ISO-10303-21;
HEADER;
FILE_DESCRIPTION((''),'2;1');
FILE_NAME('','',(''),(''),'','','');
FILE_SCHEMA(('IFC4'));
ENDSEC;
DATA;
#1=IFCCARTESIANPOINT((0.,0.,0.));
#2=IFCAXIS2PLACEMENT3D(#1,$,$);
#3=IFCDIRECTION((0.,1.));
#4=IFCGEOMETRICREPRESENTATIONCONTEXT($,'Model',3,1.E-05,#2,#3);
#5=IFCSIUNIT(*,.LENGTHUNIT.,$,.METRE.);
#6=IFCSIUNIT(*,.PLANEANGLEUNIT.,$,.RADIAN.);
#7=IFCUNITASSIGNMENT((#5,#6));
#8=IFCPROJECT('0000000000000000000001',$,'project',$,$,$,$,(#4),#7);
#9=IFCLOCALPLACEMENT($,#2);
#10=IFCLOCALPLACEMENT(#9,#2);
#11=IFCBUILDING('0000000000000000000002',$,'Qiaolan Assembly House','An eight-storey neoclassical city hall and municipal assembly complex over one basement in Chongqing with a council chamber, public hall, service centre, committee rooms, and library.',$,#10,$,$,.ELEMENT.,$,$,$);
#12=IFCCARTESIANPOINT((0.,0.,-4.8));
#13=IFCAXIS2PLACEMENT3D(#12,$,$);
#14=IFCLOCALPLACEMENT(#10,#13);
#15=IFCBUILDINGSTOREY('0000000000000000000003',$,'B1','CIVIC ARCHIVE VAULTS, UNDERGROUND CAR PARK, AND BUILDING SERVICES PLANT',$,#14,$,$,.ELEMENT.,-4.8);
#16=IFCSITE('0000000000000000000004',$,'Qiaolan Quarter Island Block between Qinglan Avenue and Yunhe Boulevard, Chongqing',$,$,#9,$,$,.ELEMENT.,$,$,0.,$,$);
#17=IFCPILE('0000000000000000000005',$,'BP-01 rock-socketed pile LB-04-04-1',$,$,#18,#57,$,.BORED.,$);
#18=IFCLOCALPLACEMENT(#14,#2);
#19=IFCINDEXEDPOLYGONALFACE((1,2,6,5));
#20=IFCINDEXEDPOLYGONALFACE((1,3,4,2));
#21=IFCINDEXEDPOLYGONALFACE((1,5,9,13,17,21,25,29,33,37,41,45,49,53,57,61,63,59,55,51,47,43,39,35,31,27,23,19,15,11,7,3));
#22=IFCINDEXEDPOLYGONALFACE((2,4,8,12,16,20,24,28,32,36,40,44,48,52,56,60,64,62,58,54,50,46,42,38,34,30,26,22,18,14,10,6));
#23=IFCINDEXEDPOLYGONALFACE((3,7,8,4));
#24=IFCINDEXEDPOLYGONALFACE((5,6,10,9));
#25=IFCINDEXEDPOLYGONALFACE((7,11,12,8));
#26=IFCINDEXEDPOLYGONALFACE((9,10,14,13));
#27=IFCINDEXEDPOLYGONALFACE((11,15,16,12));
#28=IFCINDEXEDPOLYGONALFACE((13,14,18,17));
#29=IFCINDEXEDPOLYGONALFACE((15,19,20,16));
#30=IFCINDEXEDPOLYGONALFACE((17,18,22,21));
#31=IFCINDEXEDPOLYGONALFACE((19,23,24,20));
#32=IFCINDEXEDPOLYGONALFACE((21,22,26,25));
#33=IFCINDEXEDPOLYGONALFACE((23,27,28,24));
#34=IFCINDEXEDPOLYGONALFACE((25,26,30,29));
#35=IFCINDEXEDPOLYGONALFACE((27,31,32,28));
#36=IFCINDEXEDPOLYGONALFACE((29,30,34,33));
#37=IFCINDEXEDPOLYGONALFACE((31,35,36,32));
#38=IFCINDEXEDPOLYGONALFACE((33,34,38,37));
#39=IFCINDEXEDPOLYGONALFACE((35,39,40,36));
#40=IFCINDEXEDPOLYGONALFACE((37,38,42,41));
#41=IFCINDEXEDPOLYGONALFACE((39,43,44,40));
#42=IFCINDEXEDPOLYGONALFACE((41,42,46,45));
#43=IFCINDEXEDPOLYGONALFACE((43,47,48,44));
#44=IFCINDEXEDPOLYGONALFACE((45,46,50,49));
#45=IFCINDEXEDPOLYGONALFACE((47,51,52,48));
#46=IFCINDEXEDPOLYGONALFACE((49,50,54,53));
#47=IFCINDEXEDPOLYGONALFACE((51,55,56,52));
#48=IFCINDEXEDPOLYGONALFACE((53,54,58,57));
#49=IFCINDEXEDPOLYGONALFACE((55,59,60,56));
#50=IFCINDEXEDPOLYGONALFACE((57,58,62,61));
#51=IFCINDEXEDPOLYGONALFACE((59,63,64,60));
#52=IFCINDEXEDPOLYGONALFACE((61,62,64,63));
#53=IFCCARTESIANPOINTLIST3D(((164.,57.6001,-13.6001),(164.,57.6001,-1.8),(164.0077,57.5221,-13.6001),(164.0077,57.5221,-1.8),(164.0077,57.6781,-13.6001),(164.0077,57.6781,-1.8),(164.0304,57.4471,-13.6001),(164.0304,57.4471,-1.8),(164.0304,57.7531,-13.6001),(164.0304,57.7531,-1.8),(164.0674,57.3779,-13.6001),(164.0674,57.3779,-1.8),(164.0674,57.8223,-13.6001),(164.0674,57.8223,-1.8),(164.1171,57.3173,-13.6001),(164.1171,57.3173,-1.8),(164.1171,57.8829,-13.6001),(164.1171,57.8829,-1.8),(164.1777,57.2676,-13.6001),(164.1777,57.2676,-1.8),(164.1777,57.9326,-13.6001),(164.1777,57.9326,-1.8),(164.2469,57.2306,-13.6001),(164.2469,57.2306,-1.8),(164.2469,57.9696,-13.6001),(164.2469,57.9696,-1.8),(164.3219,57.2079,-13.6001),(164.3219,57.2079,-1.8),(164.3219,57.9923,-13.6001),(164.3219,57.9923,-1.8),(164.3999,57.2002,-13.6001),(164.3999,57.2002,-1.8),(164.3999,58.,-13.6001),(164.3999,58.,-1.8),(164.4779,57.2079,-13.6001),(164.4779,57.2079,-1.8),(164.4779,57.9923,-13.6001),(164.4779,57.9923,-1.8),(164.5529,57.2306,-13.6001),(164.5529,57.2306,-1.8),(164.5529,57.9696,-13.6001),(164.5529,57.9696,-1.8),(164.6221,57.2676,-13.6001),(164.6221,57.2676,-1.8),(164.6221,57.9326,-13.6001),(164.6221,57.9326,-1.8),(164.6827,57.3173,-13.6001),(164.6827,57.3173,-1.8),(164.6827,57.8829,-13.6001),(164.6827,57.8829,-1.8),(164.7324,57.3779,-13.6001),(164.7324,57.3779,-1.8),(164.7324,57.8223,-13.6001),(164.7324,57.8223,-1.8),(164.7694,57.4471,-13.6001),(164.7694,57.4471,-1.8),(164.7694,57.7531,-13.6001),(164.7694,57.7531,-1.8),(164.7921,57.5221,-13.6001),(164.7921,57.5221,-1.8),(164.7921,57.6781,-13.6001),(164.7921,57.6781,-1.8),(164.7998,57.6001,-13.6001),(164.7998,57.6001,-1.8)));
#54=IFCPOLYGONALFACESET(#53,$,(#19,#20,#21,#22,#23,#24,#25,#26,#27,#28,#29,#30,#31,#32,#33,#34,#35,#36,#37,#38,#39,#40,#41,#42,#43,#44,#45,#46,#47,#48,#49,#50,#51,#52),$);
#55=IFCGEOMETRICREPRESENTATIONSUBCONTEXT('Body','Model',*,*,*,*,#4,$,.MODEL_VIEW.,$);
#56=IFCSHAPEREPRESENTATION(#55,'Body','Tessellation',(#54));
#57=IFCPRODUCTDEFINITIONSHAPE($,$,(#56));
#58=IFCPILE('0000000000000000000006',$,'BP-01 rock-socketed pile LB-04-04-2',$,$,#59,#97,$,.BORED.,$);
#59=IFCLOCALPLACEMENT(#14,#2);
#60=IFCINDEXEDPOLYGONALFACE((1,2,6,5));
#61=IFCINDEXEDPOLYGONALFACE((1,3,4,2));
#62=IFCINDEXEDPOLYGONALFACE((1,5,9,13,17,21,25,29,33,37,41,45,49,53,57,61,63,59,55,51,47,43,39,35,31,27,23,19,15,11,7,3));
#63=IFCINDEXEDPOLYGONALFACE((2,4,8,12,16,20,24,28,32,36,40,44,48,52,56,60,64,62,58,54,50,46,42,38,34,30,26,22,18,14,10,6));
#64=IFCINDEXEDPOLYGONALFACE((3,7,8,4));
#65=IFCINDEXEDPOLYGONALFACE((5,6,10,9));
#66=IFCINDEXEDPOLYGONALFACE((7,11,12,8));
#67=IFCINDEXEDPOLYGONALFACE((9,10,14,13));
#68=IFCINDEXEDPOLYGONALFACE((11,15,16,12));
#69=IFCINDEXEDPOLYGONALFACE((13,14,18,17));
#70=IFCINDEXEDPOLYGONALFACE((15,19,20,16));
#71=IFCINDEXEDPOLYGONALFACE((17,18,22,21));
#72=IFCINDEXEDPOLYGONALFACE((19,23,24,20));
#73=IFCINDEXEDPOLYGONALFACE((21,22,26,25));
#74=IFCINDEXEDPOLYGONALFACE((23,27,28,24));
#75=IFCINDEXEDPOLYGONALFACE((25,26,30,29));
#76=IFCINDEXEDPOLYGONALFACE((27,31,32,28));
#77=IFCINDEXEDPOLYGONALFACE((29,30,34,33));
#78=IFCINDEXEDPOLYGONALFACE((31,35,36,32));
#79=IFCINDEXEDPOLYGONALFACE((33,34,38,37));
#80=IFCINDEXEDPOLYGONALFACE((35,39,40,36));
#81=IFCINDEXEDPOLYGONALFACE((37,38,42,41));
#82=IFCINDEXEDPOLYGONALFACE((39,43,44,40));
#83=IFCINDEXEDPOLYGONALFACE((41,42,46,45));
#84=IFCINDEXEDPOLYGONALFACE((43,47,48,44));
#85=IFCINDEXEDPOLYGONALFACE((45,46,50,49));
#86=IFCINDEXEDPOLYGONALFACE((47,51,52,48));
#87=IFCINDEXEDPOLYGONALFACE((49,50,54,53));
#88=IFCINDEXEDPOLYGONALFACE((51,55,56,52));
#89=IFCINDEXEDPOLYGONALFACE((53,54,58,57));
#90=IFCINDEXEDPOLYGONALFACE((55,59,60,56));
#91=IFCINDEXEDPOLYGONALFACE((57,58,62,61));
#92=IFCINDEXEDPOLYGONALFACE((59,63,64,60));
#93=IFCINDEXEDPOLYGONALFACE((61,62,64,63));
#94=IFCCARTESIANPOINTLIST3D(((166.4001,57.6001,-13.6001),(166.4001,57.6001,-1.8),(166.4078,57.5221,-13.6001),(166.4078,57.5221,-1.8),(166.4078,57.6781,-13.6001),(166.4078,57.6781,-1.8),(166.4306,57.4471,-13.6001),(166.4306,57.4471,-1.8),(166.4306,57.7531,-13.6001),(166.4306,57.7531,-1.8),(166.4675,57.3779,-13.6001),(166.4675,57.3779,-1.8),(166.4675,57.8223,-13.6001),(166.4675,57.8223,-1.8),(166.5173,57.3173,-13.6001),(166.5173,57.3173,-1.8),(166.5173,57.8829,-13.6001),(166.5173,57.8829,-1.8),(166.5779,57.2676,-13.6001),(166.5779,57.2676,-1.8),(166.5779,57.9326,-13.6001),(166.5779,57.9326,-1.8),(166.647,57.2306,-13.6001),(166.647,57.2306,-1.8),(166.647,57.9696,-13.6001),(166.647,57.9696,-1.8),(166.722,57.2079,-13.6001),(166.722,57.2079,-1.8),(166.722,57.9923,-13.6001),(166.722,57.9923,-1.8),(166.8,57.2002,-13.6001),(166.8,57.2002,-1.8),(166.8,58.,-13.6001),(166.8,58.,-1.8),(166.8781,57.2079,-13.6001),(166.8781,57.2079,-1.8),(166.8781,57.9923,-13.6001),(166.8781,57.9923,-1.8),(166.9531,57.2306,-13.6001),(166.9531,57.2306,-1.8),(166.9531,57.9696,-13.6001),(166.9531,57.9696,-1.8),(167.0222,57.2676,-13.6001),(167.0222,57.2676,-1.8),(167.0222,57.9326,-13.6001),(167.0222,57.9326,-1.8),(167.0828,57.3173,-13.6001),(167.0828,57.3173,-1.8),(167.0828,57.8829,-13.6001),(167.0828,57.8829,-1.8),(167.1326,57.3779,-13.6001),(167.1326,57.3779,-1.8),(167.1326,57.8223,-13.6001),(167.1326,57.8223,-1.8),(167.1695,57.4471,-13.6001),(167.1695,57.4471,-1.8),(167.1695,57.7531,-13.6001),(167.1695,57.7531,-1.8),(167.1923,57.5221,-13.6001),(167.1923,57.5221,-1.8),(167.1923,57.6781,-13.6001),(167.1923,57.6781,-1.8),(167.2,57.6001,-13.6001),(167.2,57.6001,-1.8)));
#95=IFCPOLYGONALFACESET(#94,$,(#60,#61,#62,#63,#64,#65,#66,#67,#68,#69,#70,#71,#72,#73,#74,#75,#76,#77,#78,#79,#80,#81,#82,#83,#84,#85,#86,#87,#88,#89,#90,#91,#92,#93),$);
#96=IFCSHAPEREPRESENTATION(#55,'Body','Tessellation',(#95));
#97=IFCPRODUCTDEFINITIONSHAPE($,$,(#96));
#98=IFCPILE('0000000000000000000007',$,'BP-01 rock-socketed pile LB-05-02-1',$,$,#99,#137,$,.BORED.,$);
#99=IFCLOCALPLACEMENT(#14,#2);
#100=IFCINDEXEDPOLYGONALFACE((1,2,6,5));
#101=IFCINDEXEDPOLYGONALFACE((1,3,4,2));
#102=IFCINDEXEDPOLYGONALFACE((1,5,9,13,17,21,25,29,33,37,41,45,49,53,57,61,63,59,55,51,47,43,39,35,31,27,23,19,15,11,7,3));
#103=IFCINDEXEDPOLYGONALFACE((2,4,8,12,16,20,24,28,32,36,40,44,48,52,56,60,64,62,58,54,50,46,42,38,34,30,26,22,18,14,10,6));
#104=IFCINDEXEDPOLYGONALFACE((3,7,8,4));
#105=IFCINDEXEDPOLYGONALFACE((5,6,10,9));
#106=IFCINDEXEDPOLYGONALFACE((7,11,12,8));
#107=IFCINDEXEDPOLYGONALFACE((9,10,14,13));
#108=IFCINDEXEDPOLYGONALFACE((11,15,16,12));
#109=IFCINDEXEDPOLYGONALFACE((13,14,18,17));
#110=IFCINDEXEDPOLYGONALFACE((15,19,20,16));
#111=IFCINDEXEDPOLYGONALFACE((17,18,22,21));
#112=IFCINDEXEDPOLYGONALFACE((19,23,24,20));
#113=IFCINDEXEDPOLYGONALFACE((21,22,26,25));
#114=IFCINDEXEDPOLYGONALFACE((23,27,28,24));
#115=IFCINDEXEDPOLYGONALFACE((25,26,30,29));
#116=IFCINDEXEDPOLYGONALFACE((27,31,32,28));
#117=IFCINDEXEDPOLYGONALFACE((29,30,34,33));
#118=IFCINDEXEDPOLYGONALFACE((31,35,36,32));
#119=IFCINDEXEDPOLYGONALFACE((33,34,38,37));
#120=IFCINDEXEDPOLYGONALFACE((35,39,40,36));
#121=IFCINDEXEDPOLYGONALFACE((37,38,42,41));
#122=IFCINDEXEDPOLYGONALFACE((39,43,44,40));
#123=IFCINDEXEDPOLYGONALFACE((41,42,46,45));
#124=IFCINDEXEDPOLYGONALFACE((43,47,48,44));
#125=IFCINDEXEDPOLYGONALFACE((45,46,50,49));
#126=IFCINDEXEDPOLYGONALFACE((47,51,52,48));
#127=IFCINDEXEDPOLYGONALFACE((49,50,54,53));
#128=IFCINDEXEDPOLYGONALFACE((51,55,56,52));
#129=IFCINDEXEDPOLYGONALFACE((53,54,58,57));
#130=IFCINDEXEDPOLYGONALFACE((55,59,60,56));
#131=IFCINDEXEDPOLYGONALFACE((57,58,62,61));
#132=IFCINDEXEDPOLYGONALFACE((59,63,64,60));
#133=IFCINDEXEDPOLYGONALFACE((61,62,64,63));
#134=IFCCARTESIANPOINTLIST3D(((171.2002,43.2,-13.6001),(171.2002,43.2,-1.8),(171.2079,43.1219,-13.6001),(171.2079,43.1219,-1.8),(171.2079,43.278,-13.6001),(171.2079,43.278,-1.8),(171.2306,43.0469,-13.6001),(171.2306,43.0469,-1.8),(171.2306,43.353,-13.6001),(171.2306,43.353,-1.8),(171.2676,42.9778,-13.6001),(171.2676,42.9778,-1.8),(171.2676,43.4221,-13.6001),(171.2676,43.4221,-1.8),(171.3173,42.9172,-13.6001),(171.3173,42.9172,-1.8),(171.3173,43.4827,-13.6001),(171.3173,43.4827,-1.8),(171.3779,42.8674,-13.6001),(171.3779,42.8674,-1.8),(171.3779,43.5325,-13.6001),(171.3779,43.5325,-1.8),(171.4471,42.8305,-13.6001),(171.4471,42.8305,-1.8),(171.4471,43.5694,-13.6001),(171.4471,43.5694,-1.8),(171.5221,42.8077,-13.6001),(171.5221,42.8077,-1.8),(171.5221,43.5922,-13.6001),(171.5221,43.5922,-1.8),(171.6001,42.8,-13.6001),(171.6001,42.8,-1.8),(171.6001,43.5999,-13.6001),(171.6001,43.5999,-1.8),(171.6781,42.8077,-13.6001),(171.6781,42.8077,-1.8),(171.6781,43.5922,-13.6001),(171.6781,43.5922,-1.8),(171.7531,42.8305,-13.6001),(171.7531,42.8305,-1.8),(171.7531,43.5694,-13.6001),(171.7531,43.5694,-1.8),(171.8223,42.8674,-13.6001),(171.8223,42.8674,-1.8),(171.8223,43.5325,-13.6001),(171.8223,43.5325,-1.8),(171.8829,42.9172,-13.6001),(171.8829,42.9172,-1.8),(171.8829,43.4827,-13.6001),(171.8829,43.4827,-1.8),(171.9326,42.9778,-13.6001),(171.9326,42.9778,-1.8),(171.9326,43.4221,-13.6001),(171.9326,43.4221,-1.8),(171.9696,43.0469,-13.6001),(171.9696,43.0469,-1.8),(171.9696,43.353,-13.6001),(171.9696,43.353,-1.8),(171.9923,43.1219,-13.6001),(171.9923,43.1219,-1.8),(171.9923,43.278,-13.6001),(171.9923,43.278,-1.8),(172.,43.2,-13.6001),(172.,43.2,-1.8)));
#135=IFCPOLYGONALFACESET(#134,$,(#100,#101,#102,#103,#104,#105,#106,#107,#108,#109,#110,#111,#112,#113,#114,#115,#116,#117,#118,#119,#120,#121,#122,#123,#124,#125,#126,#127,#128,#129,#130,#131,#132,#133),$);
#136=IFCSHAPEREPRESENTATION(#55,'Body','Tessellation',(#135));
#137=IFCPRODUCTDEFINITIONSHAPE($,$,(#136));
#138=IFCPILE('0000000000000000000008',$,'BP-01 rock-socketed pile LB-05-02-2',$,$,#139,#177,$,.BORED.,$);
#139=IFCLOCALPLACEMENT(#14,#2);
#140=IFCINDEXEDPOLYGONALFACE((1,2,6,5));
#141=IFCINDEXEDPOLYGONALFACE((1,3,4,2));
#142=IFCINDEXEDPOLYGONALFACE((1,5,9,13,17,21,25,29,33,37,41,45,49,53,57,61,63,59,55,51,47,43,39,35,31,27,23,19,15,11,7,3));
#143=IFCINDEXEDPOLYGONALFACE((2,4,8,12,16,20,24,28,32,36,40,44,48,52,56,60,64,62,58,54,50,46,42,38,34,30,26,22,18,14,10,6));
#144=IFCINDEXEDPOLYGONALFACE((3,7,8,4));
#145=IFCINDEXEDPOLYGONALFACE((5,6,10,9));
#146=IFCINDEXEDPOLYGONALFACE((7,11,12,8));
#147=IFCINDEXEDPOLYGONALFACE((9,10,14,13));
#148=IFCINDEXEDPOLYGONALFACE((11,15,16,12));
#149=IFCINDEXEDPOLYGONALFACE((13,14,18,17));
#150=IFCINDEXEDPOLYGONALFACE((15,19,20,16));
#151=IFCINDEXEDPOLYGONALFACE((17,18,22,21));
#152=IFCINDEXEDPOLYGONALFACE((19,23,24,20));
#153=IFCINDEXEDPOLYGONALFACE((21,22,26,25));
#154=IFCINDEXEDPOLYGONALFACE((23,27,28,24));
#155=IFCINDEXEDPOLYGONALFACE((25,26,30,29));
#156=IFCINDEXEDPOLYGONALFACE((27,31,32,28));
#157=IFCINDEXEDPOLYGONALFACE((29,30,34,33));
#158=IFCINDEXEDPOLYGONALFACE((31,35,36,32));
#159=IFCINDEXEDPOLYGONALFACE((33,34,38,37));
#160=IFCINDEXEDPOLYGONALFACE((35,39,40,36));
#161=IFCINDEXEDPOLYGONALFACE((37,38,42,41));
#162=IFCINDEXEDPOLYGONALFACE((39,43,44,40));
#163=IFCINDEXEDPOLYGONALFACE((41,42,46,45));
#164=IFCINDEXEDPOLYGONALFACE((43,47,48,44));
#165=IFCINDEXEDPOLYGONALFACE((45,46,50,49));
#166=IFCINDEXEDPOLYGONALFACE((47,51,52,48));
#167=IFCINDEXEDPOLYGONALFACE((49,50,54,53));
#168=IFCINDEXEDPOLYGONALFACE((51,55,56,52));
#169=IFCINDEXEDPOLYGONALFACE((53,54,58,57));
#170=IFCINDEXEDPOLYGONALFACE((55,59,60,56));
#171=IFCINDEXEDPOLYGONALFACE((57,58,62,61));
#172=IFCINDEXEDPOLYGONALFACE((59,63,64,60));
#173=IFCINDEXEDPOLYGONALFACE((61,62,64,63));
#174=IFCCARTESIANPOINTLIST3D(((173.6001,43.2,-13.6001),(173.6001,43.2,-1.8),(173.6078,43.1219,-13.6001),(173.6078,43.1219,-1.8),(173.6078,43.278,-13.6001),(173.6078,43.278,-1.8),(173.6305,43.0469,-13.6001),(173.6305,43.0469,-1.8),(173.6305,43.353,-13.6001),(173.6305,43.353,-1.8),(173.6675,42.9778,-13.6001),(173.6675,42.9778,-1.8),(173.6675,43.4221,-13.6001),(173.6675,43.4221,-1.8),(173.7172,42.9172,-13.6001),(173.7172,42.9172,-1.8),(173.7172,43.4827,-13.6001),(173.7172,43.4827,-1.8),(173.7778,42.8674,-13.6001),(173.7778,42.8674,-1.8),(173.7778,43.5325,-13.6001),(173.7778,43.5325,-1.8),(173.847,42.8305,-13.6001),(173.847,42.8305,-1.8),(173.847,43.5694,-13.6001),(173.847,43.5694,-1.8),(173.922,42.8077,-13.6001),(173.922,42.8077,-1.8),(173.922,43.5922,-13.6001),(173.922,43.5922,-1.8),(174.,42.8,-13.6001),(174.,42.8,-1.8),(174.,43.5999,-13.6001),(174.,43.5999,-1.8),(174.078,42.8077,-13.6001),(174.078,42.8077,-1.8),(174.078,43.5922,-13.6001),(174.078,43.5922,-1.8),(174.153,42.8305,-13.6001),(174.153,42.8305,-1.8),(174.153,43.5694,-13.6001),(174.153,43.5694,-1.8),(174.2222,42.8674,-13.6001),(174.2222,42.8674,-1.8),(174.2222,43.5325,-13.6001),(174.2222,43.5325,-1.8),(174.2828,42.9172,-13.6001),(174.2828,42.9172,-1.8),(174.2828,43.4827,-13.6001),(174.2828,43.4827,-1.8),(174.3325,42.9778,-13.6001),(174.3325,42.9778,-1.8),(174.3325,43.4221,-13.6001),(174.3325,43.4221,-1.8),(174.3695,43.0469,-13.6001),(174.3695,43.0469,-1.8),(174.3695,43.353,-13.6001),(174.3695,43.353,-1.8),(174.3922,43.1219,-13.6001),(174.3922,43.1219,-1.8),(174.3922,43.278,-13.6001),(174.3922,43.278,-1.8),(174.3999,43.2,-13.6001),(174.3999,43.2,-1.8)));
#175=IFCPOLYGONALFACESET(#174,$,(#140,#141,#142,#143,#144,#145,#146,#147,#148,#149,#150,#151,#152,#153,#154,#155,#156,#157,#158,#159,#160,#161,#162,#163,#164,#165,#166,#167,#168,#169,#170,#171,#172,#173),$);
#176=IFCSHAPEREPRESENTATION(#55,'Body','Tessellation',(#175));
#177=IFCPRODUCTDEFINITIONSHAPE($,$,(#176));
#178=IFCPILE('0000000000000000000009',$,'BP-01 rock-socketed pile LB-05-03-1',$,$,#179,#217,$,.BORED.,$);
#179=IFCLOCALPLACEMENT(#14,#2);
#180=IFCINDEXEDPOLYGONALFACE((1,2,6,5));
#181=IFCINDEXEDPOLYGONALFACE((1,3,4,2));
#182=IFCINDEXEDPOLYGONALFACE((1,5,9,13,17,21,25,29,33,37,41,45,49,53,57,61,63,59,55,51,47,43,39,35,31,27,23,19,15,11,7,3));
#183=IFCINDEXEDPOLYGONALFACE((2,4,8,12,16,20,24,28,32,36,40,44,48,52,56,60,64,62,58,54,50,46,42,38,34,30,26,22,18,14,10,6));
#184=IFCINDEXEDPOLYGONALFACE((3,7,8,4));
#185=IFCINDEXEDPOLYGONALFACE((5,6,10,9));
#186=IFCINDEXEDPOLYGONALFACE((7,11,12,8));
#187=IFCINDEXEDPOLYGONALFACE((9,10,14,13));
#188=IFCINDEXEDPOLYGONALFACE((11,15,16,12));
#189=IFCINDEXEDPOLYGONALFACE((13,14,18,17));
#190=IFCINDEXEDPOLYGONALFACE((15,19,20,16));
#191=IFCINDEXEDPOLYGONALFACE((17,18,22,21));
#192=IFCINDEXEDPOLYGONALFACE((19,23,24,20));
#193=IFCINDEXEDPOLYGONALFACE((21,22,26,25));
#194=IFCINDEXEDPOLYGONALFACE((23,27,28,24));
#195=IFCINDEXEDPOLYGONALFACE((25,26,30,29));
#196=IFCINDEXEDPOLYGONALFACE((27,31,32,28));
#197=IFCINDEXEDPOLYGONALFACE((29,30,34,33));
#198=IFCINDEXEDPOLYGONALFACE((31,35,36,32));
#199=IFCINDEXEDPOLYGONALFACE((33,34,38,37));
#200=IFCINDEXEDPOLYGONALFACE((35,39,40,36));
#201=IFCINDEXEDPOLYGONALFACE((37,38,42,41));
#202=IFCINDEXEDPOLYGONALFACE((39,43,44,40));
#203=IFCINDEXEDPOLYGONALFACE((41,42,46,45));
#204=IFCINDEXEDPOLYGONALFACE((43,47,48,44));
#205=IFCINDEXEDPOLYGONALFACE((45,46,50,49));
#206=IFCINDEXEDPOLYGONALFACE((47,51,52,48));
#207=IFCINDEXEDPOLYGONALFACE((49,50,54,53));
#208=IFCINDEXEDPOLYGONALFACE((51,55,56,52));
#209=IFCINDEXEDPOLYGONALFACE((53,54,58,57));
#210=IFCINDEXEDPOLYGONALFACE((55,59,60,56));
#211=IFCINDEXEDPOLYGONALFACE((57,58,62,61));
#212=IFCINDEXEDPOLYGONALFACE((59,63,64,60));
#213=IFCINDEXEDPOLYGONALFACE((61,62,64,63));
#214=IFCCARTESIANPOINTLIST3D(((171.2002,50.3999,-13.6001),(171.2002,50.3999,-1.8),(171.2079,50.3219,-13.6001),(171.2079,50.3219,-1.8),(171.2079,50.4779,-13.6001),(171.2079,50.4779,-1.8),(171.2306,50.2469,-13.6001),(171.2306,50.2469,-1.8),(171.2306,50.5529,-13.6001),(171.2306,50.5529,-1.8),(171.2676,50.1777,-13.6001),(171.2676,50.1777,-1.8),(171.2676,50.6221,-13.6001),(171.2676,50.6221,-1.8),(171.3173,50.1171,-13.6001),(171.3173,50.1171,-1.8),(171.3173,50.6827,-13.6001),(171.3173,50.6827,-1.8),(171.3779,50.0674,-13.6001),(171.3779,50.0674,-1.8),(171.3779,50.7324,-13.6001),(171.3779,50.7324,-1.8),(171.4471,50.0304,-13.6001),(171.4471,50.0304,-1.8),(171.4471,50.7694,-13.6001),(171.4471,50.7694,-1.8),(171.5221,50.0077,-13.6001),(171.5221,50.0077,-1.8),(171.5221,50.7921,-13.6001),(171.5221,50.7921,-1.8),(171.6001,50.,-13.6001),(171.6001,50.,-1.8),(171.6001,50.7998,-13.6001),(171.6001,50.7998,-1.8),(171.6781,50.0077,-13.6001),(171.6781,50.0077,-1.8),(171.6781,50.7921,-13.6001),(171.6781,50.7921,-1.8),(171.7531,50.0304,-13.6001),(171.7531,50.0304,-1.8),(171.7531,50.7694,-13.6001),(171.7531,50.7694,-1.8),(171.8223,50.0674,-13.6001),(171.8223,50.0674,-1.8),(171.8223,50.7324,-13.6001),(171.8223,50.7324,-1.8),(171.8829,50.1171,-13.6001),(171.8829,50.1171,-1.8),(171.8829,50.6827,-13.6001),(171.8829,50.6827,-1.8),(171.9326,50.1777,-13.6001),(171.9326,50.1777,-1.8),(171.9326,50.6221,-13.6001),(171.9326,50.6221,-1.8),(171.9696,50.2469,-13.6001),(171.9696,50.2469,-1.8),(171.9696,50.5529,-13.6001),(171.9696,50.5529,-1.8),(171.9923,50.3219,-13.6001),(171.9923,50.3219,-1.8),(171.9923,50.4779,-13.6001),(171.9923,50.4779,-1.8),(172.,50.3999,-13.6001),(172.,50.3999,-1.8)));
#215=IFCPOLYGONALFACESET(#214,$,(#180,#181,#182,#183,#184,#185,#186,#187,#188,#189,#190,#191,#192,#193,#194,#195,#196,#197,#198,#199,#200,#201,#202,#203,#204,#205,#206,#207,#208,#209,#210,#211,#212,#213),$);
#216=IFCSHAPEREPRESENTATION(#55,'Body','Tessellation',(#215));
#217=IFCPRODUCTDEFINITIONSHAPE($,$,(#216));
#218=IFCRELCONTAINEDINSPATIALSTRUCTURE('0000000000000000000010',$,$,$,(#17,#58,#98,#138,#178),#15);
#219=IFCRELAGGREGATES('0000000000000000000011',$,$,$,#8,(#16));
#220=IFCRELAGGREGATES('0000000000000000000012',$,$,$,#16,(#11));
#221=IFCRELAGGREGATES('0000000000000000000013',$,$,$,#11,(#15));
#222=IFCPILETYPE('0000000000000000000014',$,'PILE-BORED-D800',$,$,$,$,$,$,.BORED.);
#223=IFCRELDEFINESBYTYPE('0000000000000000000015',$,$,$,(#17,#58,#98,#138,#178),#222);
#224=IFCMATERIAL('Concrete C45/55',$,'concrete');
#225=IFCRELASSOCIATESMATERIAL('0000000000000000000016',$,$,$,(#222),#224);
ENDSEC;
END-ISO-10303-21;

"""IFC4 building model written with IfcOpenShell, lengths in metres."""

from ifc_helpers import new_model, si_unit, direction, frame, origin, origin_2d, place, context, subcontext, project, spatial, circle, extrude, material, material_profile, profile_set, type_object, element, save


model = new_model("IFC4")

# Units and contexts
model_context = context("Model", 3, precision=1e-05, world=origin(), true_north=direction((0.0, 1.0)))
body_context = subcontext(model_context, "Body", "Model", "MODEL_VIEW")
ifc_project = project(units=[si_unit("LENGTHUNIT", "METRE"), si_unit("PLANEANGLEUNIT", "RADIAN")], contexts=[model_context])

# Site, building, storey
site_placement = place(None, origin())
site = spatial("IfcSite", under=ifc_project, at=site_placement, Name="Qiaolan Quarter Island Block between Qinglan Avenue and Yunhe Boulevard, Chongqing", CompositionType="ELEMENT", RefElevation=0.0)
building_placement = place(site_placement, origin())
building = spatial("IfcBuilding", under=site, at=building_placement, Name="Qiaolan Assembly House", Description="An eight-storey neoclassical city hall and municipal assembly complex over one basement in Chongqing with a council chamber, public hall, service centre, committee rooms, and library.", CompositionType="ELEMENT")
storey_placement = place(building_placement, frame((0.0, 0.0, -4.8)))
storey = spatial("IfcBuildingStorey", under=building, at=storey_placement, Name="B1", Description="CIVIC ARCHIVE VAULTS, UNDERGROUND CAR PARK, AND BUILDING SERVICES PLANT", CompositionType="ELEMENT", Elevation=-4.8)

# Piles
ifc_material_1 = material(Name="Concrete C45/55", Category="concrete")
ifc_material_profile_1 = material_profile(ifc_material_1, circle(Radius=0.3999, at=origin_2d()), Name="PILE D800")
ifc_profile_set_1 = profile_set([ifc_material_profile_1], Name="Concrete C45/55")
pile_type = type_object("IfcPileType", Name="PILE-BORED-D800", PredefinedType="BORED", material=ifc_profile_set_1)
for number, where, z_axis, x_axis, name in (
    (1, (164.3999, 57.6001, -1.8), (0.0, 0.0, -1.0), (1.0, 0.0, 0.0), "BP-01 rock-socketed pile LB-04-04-1"),
    (2, (166.8, 57.6001, -1.8), (0.0, 0.0, -1.0), (1.0, 0.0, 0.0), "BP-01 rock-socketed pile LB-04-04-2"),
    (3, (171.6001, 43.2, -1.8), (0.0, 0.0, -1.0), (1.0, 0.0, 0.0), "BP-01 rock-socketed pile LB-05-02-1"),
    (4, (174.0, 43.2, -1.8), (0.0, 0.0, -1.0), (1.0, 0.0, 0.0), "BP-01 rock-socketed pile LB-05-02-2"),
    (5, (171.6001, 50.3999, -1.8), (0.0, 0.0, -1.0), (1.0, 0.0, 0.0), "BP-01 rock-socketed pile LB-05-03-1"),
):
    element("IfcPile", number, at=place(storey_placement, frame(where, z_axis=z_axis, x_axis=x_axis)), inside=storey, type_object=pile_type, Name=name, PredefinedType="BORED", context=body_context, shape_type="SweptSolid", body=[
        extrude(circle(Radius=0.3999, at=origin_2d()), origin(), (0.0, 0.0, 1.0), 11.8),
    ])

save(model, "model.ifc")
